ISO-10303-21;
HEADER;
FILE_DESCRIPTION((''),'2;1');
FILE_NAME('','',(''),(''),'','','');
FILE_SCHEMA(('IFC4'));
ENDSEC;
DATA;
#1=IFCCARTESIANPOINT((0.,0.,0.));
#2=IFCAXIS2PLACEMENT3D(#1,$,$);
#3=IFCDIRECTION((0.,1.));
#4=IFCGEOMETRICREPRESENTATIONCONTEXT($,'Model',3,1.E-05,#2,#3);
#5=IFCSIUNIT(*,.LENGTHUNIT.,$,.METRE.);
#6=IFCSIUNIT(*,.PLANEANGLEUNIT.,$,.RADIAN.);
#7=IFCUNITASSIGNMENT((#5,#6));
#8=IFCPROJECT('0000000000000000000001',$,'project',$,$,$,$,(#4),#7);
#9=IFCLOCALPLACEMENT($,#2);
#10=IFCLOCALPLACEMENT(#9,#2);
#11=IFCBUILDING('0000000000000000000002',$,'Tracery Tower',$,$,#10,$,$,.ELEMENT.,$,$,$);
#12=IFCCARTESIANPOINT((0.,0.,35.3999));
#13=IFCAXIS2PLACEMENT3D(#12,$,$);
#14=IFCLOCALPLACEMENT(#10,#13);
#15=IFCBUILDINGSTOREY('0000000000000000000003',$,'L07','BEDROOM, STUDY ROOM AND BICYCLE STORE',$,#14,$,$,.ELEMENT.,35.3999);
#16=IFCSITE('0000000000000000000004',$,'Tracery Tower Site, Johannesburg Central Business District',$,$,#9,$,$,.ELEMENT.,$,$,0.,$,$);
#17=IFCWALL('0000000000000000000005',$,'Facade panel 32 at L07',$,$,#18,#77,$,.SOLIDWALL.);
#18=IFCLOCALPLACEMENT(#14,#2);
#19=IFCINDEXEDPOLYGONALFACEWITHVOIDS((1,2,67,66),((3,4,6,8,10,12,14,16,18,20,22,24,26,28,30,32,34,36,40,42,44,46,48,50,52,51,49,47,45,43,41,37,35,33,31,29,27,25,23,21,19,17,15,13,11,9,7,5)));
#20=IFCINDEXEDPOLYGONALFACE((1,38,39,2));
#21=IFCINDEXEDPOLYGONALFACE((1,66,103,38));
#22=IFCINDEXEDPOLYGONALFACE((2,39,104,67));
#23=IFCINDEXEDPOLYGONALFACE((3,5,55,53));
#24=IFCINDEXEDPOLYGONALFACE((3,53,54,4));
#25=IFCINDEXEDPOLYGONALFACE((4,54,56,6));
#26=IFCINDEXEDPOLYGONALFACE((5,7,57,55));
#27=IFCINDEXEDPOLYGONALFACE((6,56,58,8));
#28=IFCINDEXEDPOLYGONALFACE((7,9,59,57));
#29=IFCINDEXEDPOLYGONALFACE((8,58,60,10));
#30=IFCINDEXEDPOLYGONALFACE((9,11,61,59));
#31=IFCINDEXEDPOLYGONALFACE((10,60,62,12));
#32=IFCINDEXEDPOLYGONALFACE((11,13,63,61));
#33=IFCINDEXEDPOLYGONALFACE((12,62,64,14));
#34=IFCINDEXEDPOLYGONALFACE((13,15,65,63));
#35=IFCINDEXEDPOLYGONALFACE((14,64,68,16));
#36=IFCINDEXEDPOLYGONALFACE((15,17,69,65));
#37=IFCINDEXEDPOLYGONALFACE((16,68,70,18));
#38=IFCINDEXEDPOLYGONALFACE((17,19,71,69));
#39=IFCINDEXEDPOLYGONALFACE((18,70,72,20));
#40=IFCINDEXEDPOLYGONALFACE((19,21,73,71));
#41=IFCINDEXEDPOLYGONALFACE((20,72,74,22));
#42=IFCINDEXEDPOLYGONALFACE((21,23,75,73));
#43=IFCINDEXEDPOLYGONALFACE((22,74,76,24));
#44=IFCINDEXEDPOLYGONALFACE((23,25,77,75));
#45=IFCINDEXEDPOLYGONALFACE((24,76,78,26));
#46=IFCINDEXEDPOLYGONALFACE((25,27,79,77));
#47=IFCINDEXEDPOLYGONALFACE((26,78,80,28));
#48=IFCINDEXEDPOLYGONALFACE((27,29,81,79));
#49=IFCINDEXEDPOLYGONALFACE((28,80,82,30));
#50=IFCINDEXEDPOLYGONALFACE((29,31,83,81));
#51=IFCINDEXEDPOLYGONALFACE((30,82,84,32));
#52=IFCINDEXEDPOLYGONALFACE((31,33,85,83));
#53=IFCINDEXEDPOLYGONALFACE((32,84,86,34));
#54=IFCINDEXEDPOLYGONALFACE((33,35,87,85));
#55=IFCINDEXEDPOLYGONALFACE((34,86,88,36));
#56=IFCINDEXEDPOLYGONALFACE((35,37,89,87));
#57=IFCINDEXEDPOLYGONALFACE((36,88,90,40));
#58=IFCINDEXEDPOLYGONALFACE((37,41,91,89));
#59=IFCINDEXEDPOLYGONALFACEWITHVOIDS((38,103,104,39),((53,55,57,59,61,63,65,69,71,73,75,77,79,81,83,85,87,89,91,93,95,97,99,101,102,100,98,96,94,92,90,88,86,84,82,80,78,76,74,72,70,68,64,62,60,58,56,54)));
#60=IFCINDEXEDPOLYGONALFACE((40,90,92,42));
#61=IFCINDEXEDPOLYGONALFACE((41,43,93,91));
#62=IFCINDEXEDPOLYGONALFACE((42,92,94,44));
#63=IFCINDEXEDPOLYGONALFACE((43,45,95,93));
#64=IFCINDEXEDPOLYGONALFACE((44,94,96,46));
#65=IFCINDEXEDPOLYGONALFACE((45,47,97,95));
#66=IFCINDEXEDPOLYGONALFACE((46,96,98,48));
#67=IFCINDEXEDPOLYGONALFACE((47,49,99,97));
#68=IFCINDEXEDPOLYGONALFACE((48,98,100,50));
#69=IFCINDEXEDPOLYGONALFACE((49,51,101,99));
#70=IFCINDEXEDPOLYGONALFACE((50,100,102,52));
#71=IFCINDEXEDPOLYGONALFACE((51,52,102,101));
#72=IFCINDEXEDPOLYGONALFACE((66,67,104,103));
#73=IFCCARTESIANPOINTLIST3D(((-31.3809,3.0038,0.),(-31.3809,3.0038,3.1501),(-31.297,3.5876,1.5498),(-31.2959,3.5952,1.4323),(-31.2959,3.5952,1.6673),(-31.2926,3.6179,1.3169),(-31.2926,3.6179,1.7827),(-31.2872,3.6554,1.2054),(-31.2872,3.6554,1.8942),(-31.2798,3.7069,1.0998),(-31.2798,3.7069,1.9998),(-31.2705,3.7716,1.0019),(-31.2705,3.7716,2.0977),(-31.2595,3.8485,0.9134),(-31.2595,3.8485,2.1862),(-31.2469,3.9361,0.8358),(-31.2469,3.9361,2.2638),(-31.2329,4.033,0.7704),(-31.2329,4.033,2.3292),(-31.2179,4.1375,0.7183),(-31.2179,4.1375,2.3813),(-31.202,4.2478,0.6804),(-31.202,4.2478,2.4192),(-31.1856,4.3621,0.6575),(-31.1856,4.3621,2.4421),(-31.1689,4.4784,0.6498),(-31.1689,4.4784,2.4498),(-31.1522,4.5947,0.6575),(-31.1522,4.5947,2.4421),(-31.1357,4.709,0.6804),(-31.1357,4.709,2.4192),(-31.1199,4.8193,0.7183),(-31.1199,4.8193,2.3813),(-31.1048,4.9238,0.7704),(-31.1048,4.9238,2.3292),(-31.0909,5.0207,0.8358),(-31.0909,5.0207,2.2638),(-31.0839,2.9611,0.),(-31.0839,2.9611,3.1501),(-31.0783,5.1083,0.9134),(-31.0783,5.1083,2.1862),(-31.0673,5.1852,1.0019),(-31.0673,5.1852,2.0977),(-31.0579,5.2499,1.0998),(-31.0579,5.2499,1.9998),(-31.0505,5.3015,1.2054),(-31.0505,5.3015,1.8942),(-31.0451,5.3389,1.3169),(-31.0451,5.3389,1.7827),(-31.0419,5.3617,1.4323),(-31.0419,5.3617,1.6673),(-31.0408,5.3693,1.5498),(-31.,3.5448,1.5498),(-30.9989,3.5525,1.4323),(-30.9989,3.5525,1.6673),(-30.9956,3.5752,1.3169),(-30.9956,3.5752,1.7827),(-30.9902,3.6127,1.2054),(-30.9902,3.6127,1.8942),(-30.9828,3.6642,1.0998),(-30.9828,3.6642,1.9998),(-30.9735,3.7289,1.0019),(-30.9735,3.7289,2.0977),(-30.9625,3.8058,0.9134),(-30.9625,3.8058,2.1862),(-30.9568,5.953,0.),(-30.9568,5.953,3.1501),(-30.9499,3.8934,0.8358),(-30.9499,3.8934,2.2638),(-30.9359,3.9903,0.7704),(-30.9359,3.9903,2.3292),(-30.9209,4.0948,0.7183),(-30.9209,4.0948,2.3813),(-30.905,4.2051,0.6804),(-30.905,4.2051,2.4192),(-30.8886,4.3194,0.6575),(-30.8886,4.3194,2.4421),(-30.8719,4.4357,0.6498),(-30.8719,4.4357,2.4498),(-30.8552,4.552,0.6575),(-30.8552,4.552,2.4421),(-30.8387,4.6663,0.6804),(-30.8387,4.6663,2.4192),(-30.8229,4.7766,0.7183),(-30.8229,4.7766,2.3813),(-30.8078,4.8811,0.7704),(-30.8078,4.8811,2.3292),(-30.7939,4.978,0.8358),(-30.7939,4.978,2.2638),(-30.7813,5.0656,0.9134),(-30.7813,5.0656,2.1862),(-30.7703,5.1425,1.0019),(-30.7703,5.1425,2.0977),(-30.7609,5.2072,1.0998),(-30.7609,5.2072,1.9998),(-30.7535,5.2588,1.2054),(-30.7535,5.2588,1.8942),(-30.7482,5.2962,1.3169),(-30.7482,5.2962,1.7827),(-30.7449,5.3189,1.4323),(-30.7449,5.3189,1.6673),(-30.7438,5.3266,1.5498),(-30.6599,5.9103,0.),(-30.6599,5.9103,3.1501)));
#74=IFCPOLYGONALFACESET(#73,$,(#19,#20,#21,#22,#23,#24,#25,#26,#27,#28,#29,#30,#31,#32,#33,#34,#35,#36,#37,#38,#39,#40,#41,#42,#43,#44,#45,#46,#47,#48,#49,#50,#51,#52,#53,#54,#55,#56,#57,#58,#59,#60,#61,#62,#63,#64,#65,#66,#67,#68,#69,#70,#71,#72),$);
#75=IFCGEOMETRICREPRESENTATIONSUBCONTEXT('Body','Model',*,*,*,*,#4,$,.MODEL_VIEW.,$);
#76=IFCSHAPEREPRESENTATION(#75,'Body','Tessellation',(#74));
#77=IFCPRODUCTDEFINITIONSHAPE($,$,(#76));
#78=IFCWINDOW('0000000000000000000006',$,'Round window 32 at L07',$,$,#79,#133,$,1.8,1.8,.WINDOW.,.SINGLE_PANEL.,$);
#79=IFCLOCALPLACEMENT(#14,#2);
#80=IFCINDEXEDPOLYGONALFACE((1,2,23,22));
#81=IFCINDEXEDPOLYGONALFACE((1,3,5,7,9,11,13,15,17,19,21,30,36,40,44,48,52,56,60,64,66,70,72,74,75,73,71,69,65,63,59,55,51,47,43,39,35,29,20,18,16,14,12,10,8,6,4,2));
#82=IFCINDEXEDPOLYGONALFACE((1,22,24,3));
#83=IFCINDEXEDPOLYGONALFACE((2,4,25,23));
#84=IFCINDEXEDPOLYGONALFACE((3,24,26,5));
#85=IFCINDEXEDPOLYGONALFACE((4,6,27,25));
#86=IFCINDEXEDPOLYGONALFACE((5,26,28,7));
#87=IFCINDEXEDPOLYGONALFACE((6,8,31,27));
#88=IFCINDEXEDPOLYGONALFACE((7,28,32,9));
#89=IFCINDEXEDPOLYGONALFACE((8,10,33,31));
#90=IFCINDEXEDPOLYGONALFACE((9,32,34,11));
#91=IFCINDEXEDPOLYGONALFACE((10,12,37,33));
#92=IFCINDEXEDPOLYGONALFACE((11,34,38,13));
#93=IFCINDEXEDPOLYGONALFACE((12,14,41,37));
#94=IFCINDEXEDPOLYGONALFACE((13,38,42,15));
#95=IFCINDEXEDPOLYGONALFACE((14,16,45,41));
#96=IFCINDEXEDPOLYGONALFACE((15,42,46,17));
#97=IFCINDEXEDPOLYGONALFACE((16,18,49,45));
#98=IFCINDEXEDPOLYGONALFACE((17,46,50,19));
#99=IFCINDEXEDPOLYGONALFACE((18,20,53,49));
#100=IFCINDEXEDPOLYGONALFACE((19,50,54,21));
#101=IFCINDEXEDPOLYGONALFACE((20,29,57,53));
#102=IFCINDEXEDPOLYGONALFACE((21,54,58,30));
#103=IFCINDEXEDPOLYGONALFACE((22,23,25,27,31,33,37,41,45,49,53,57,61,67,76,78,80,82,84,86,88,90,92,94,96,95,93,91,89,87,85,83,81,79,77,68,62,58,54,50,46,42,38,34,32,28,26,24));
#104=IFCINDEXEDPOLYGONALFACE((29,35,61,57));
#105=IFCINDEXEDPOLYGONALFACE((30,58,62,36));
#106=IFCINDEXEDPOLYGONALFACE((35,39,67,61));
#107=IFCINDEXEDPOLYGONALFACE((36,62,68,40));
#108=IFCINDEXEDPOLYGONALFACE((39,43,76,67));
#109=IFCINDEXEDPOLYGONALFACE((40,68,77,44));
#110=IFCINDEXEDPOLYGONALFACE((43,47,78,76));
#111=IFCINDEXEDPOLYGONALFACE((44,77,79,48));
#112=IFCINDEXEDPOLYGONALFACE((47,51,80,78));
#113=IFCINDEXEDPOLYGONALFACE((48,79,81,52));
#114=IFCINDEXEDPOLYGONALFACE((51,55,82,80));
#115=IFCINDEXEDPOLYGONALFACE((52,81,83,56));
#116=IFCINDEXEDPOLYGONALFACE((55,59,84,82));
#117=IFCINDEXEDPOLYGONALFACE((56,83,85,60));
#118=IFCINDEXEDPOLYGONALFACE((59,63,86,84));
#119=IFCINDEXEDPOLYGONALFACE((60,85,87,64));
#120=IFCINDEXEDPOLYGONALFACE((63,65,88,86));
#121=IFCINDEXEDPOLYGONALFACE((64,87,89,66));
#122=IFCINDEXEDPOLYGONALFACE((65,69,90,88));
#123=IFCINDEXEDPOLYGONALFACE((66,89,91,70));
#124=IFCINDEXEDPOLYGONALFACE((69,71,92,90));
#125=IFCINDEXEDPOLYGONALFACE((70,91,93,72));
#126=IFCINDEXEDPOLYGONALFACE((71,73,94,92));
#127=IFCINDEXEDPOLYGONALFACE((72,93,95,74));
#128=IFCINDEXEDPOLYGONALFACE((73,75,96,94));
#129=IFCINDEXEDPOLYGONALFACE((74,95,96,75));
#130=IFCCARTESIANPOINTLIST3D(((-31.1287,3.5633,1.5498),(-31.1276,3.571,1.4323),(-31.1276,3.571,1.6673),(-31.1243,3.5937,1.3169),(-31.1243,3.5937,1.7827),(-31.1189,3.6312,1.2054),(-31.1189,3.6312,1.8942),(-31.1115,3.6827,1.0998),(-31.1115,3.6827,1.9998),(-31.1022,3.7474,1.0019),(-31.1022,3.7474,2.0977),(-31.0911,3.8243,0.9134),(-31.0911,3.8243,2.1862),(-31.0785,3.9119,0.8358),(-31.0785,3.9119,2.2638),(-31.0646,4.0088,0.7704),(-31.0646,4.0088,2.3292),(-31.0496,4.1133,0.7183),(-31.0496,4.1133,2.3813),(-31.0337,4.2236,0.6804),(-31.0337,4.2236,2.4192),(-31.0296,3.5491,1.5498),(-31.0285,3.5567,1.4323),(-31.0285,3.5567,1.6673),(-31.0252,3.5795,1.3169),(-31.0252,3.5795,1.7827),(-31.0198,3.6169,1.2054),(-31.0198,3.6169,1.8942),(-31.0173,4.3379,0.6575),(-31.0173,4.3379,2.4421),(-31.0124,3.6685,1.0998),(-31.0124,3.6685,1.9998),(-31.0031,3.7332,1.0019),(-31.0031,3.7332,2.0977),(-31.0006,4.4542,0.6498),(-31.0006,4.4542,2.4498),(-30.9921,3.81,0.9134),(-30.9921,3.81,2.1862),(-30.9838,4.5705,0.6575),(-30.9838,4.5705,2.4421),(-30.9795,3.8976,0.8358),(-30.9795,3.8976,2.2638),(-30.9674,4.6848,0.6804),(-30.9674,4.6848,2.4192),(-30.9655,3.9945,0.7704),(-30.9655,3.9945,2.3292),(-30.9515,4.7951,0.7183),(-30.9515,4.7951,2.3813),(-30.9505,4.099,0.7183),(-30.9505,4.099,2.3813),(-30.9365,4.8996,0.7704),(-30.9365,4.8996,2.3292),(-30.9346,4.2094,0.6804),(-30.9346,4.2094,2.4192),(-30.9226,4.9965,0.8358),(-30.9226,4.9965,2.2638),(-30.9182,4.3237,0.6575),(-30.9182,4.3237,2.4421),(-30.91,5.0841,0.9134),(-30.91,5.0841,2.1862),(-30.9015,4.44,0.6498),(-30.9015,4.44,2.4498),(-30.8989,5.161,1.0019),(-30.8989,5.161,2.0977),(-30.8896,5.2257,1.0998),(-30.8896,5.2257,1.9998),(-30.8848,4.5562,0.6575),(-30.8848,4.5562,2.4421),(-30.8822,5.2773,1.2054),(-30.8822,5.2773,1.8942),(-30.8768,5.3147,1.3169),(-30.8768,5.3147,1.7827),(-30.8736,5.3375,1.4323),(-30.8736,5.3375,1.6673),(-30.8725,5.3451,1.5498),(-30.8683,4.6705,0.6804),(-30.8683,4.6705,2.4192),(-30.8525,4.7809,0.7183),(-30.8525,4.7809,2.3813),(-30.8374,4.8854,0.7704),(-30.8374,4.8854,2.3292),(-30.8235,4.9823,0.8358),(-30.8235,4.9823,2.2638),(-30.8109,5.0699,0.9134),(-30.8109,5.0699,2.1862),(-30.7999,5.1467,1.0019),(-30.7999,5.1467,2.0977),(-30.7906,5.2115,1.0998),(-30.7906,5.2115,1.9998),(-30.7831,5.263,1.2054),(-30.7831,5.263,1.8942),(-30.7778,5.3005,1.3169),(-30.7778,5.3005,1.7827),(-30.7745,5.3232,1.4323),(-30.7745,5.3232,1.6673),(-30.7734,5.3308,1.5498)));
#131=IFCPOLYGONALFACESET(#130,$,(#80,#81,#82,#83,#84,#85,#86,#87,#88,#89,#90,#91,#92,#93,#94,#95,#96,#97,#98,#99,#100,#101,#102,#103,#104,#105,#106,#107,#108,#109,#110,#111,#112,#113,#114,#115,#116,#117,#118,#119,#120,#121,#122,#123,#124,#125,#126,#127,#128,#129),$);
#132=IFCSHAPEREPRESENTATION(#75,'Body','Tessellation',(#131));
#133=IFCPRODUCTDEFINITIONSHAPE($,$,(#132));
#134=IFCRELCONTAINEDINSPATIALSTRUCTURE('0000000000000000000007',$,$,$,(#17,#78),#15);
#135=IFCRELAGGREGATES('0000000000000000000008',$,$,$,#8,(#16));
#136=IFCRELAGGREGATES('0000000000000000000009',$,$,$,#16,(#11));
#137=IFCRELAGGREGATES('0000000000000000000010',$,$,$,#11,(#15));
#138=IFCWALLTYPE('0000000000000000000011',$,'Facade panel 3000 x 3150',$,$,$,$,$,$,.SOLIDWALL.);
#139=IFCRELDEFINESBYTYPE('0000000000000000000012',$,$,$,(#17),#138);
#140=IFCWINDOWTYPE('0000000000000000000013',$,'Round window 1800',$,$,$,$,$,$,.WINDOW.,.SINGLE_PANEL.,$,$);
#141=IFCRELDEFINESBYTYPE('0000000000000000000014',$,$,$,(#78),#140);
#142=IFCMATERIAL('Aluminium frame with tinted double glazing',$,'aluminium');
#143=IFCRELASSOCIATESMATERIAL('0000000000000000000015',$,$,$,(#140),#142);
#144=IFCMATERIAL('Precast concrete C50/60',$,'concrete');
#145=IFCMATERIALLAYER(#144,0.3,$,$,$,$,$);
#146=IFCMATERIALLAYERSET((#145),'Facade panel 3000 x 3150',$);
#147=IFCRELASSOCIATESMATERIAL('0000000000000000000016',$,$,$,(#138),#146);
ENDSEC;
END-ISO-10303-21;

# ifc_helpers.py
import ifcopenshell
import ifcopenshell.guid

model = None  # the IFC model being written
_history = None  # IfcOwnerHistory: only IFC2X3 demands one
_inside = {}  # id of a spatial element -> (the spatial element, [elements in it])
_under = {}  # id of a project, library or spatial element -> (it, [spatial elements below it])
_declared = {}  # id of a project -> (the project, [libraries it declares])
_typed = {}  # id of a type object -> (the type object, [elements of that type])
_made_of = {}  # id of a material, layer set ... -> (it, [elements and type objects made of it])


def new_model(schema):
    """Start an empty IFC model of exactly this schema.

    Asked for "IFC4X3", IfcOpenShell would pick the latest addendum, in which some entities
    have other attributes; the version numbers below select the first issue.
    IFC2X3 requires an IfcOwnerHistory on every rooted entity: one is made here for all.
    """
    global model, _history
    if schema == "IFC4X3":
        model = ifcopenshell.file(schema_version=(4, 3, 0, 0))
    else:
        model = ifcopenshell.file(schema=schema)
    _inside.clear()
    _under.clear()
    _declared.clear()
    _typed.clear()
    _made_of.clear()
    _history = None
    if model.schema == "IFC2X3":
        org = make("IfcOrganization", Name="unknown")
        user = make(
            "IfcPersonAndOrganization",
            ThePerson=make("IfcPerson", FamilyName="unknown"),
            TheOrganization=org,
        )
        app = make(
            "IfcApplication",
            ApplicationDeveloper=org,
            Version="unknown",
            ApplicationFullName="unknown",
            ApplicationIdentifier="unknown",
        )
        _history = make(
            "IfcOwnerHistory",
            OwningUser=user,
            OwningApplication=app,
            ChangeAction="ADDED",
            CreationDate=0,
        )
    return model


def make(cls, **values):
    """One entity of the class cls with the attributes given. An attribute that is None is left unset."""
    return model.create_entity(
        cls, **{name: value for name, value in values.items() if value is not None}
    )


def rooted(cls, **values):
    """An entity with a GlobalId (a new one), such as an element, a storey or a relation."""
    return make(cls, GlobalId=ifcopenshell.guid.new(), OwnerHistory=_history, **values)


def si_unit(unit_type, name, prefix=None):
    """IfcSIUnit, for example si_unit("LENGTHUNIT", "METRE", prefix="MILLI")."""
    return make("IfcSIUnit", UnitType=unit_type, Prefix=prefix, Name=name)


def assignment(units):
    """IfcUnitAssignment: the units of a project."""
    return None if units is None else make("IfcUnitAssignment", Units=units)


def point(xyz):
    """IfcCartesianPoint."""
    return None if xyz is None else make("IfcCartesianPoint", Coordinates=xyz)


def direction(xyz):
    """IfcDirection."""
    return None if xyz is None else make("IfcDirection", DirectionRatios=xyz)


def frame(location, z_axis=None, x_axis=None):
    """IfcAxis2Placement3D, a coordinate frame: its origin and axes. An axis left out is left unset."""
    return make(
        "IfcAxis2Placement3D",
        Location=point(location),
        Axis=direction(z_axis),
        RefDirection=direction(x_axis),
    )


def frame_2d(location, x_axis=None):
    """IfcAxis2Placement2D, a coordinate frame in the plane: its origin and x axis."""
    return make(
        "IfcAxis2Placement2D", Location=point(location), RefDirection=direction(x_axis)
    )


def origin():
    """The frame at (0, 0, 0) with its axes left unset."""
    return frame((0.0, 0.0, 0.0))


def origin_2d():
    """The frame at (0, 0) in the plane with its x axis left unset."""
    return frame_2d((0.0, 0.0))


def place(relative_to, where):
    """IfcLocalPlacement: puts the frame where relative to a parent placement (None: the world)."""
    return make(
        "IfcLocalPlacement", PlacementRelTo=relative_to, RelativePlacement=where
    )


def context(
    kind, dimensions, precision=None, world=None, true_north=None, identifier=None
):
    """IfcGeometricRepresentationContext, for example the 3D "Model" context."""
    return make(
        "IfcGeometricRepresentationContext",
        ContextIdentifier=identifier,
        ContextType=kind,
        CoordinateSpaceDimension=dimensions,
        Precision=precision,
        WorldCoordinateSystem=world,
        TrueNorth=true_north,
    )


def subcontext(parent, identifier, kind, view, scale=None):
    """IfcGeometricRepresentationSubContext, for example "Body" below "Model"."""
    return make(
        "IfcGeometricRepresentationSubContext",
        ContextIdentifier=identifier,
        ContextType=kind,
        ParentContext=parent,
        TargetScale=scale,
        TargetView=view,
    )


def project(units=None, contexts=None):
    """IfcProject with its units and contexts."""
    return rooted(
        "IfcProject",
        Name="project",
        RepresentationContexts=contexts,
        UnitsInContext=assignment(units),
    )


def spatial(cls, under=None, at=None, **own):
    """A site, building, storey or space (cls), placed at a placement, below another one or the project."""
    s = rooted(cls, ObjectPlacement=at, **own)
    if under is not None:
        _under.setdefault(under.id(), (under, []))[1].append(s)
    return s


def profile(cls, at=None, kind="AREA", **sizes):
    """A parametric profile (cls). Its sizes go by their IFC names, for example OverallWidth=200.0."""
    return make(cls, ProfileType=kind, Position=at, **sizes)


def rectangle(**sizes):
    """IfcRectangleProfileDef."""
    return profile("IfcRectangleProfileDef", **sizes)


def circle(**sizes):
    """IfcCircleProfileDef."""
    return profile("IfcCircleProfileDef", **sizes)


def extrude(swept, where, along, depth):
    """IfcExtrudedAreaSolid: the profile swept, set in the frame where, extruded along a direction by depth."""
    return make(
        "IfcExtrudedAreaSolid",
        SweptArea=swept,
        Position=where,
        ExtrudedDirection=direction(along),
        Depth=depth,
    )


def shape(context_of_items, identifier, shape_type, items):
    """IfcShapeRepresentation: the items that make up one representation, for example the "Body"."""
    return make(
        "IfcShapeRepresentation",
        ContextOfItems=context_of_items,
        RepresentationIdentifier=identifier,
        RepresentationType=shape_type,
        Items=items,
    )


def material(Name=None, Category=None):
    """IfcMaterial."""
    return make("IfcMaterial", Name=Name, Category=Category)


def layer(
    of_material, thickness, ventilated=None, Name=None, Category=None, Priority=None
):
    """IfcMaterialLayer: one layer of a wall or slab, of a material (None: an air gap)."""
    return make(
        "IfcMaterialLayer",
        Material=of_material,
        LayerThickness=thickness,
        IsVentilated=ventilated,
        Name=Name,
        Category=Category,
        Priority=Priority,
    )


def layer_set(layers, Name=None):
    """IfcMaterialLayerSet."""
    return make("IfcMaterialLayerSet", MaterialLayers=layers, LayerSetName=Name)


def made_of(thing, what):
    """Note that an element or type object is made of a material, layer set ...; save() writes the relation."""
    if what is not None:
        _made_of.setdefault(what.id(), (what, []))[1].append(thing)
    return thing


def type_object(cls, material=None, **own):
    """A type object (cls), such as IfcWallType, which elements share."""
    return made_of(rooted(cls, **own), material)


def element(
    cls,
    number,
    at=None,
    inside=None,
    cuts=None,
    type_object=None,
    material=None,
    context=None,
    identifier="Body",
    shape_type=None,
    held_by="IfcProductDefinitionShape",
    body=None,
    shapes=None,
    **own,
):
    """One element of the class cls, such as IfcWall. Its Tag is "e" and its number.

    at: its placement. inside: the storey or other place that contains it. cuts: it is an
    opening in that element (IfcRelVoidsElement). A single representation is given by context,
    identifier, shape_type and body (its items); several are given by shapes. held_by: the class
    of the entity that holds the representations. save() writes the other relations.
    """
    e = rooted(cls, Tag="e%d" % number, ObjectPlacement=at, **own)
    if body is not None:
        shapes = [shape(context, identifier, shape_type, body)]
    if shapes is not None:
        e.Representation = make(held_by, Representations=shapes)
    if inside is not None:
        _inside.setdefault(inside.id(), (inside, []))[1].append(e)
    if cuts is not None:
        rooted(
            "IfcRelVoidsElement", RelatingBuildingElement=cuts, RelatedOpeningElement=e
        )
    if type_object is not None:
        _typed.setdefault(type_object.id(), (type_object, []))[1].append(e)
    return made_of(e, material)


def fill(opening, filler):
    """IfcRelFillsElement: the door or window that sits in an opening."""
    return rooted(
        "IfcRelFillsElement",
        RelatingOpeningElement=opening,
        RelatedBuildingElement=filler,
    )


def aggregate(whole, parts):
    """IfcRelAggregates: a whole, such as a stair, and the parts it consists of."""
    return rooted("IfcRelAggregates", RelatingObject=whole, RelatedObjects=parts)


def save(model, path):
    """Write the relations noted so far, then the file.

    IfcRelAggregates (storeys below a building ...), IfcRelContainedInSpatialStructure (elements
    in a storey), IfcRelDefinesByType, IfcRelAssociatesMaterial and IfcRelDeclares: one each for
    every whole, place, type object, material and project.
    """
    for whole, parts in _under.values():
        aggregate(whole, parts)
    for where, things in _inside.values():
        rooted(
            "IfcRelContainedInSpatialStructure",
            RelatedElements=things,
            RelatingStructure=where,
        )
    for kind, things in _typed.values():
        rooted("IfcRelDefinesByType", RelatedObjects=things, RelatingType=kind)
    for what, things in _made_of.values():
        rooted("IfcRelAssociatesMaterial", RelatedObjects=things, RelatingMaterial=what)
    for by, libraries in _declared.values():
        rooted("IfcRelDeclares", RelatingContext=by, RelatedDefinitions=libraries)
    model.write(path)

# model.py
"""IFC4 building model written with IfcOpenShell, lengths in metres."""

from ifc_helpers import new_model, si_unit, direction, frame, frame_2d, origin, origin_2d, place, context, subcontext, project, spatial, rectangle, circle, extrude, material, layer, layer_set, type_object, element, fill, save


model = new_model("IFC4")

# Units and contexts
model_context = context("Model", 3, precision=1e-05, world=origin(), true_north=direction((0.0, 1.0)))
body_context = subcontext(model_context, "Body", "Model", "MODEL_VIEW")
ifc_project = project(units=[si_unit("LENGTHUNIT", "METRE"), si_unit("PLANEANGLEUNIT", "RADIAN")], contexts=[model_context])

# Site, building, storey
site_placement = place(None, origin())
site = spatial("IfcSite", under=ifc_project, at=site_placement, Name="Tracery Tower Site, Johannesburg Central Business District", CompositionType="ELEMENT", RefElevation=0.0)
building_placement = place(site_placement, origin())
building = spatial("IfcBuilding", under=site, at=building_placement, Name="Tracery Tower", CompositionType="ELEMENT")
storey_placement = place(building_placement, frame((0.0, 0.0, 35.3999)))
storey = spatial("IfcBuildingStorey", under=building, at=storey_placement, Name="L07", Description="BEDROOM, STUDY ROOM AND BICYCLE STORE", CompositionType="ELEMENT", Elevation=35.3999)

# Wall, opening, window
ifc_material_1 = material(Name="Aluminium frame with tinted double glazing", Category="aluminium")
window_type = type_object("IfcWindowType", Name="Round window 1800", PartitioningType="SINGLE_PANEL", PredefinedType="WINDOW", material=ifc_material_1)
ifc_material_2 = material(Name="Precast concrete C50/60", Category="concrete")
ifc_layer_1 = layer(ifc_material_2, 0.3)
ifc_layer_set_1 = layer_set([ifc_layer_1], Name="Facade panel 3000 x 3150")
wall_type_1 = type_object("IfcWallType", Name="Facade panel 3000 x 3150", PredefinedType="SOLIDWALL", material=ifc_layer_set_1)
wall_1_placement = place(storey_placement, frame((-30.8083, 5.9316, 0.0), z_axis=(0.0, 0.0, 1.0), x_axis=(-0.142328, -0.98982, 0.0)))
wall_1 = element("IfcWall", 1, at=wall_1_placement, inside=storey, type_object=wall_type_1, Name="Facade panel 32 at L07", PredefinedType="SOLIDWALL", context=body_context, shape_type="SweptSolid", body=[
    extrude(rectangle(XDim=2.9795, YDim=0.3, at=frame_2d((1.4897, 0.0))), origin(), (0.0, 0.0, 1.0), 3.1501),
])
opening_1_placement = place(wall_1_placement, frame((1.4897, 0.0, 1.5498)))
opening_1 = element("IfcOpeningElement", 2, at=opening_1_placement, cuts=wall_1, PredefinedType="OPENING", context=body_context, shape_type="SweptSolid", body=[
    extrude(circle(Radius=0.9, at=origin_2d()), frame((0.0, 0.1599, 0.0), z_axis=(0.0, -1.0, 0.0), x_axis=(1.0, 0.0, 0.0)), (0.0, 0.0, 1.0), 0.3201),
])
window_1_placement = place(opening_1_placement, origin())
window_1 = element("IfcWindow", 3, at=window_1_placement, inside=storey, type_object=window_type, Name="Round window 32 at L07", OverallHeight=1.8, OverallWidth=1.8, PartitioningType="SINGLE_PANEL", PredefinedType="WINDOW", context=body_context, shape_type="SweptSolid", body=[
    extrude(circle(Radius=0.9, at=origin_2d()), frame((0.0, 0.1201, 0.0), z_axis=(0.0, -1.0, 0.0), x_axis=(1.0, 0.0, 0.0)), (0.0, 0.0, 1.0), 0.1001),
])
fill(opening_1, window_1)

save(model, "model.ifc")
